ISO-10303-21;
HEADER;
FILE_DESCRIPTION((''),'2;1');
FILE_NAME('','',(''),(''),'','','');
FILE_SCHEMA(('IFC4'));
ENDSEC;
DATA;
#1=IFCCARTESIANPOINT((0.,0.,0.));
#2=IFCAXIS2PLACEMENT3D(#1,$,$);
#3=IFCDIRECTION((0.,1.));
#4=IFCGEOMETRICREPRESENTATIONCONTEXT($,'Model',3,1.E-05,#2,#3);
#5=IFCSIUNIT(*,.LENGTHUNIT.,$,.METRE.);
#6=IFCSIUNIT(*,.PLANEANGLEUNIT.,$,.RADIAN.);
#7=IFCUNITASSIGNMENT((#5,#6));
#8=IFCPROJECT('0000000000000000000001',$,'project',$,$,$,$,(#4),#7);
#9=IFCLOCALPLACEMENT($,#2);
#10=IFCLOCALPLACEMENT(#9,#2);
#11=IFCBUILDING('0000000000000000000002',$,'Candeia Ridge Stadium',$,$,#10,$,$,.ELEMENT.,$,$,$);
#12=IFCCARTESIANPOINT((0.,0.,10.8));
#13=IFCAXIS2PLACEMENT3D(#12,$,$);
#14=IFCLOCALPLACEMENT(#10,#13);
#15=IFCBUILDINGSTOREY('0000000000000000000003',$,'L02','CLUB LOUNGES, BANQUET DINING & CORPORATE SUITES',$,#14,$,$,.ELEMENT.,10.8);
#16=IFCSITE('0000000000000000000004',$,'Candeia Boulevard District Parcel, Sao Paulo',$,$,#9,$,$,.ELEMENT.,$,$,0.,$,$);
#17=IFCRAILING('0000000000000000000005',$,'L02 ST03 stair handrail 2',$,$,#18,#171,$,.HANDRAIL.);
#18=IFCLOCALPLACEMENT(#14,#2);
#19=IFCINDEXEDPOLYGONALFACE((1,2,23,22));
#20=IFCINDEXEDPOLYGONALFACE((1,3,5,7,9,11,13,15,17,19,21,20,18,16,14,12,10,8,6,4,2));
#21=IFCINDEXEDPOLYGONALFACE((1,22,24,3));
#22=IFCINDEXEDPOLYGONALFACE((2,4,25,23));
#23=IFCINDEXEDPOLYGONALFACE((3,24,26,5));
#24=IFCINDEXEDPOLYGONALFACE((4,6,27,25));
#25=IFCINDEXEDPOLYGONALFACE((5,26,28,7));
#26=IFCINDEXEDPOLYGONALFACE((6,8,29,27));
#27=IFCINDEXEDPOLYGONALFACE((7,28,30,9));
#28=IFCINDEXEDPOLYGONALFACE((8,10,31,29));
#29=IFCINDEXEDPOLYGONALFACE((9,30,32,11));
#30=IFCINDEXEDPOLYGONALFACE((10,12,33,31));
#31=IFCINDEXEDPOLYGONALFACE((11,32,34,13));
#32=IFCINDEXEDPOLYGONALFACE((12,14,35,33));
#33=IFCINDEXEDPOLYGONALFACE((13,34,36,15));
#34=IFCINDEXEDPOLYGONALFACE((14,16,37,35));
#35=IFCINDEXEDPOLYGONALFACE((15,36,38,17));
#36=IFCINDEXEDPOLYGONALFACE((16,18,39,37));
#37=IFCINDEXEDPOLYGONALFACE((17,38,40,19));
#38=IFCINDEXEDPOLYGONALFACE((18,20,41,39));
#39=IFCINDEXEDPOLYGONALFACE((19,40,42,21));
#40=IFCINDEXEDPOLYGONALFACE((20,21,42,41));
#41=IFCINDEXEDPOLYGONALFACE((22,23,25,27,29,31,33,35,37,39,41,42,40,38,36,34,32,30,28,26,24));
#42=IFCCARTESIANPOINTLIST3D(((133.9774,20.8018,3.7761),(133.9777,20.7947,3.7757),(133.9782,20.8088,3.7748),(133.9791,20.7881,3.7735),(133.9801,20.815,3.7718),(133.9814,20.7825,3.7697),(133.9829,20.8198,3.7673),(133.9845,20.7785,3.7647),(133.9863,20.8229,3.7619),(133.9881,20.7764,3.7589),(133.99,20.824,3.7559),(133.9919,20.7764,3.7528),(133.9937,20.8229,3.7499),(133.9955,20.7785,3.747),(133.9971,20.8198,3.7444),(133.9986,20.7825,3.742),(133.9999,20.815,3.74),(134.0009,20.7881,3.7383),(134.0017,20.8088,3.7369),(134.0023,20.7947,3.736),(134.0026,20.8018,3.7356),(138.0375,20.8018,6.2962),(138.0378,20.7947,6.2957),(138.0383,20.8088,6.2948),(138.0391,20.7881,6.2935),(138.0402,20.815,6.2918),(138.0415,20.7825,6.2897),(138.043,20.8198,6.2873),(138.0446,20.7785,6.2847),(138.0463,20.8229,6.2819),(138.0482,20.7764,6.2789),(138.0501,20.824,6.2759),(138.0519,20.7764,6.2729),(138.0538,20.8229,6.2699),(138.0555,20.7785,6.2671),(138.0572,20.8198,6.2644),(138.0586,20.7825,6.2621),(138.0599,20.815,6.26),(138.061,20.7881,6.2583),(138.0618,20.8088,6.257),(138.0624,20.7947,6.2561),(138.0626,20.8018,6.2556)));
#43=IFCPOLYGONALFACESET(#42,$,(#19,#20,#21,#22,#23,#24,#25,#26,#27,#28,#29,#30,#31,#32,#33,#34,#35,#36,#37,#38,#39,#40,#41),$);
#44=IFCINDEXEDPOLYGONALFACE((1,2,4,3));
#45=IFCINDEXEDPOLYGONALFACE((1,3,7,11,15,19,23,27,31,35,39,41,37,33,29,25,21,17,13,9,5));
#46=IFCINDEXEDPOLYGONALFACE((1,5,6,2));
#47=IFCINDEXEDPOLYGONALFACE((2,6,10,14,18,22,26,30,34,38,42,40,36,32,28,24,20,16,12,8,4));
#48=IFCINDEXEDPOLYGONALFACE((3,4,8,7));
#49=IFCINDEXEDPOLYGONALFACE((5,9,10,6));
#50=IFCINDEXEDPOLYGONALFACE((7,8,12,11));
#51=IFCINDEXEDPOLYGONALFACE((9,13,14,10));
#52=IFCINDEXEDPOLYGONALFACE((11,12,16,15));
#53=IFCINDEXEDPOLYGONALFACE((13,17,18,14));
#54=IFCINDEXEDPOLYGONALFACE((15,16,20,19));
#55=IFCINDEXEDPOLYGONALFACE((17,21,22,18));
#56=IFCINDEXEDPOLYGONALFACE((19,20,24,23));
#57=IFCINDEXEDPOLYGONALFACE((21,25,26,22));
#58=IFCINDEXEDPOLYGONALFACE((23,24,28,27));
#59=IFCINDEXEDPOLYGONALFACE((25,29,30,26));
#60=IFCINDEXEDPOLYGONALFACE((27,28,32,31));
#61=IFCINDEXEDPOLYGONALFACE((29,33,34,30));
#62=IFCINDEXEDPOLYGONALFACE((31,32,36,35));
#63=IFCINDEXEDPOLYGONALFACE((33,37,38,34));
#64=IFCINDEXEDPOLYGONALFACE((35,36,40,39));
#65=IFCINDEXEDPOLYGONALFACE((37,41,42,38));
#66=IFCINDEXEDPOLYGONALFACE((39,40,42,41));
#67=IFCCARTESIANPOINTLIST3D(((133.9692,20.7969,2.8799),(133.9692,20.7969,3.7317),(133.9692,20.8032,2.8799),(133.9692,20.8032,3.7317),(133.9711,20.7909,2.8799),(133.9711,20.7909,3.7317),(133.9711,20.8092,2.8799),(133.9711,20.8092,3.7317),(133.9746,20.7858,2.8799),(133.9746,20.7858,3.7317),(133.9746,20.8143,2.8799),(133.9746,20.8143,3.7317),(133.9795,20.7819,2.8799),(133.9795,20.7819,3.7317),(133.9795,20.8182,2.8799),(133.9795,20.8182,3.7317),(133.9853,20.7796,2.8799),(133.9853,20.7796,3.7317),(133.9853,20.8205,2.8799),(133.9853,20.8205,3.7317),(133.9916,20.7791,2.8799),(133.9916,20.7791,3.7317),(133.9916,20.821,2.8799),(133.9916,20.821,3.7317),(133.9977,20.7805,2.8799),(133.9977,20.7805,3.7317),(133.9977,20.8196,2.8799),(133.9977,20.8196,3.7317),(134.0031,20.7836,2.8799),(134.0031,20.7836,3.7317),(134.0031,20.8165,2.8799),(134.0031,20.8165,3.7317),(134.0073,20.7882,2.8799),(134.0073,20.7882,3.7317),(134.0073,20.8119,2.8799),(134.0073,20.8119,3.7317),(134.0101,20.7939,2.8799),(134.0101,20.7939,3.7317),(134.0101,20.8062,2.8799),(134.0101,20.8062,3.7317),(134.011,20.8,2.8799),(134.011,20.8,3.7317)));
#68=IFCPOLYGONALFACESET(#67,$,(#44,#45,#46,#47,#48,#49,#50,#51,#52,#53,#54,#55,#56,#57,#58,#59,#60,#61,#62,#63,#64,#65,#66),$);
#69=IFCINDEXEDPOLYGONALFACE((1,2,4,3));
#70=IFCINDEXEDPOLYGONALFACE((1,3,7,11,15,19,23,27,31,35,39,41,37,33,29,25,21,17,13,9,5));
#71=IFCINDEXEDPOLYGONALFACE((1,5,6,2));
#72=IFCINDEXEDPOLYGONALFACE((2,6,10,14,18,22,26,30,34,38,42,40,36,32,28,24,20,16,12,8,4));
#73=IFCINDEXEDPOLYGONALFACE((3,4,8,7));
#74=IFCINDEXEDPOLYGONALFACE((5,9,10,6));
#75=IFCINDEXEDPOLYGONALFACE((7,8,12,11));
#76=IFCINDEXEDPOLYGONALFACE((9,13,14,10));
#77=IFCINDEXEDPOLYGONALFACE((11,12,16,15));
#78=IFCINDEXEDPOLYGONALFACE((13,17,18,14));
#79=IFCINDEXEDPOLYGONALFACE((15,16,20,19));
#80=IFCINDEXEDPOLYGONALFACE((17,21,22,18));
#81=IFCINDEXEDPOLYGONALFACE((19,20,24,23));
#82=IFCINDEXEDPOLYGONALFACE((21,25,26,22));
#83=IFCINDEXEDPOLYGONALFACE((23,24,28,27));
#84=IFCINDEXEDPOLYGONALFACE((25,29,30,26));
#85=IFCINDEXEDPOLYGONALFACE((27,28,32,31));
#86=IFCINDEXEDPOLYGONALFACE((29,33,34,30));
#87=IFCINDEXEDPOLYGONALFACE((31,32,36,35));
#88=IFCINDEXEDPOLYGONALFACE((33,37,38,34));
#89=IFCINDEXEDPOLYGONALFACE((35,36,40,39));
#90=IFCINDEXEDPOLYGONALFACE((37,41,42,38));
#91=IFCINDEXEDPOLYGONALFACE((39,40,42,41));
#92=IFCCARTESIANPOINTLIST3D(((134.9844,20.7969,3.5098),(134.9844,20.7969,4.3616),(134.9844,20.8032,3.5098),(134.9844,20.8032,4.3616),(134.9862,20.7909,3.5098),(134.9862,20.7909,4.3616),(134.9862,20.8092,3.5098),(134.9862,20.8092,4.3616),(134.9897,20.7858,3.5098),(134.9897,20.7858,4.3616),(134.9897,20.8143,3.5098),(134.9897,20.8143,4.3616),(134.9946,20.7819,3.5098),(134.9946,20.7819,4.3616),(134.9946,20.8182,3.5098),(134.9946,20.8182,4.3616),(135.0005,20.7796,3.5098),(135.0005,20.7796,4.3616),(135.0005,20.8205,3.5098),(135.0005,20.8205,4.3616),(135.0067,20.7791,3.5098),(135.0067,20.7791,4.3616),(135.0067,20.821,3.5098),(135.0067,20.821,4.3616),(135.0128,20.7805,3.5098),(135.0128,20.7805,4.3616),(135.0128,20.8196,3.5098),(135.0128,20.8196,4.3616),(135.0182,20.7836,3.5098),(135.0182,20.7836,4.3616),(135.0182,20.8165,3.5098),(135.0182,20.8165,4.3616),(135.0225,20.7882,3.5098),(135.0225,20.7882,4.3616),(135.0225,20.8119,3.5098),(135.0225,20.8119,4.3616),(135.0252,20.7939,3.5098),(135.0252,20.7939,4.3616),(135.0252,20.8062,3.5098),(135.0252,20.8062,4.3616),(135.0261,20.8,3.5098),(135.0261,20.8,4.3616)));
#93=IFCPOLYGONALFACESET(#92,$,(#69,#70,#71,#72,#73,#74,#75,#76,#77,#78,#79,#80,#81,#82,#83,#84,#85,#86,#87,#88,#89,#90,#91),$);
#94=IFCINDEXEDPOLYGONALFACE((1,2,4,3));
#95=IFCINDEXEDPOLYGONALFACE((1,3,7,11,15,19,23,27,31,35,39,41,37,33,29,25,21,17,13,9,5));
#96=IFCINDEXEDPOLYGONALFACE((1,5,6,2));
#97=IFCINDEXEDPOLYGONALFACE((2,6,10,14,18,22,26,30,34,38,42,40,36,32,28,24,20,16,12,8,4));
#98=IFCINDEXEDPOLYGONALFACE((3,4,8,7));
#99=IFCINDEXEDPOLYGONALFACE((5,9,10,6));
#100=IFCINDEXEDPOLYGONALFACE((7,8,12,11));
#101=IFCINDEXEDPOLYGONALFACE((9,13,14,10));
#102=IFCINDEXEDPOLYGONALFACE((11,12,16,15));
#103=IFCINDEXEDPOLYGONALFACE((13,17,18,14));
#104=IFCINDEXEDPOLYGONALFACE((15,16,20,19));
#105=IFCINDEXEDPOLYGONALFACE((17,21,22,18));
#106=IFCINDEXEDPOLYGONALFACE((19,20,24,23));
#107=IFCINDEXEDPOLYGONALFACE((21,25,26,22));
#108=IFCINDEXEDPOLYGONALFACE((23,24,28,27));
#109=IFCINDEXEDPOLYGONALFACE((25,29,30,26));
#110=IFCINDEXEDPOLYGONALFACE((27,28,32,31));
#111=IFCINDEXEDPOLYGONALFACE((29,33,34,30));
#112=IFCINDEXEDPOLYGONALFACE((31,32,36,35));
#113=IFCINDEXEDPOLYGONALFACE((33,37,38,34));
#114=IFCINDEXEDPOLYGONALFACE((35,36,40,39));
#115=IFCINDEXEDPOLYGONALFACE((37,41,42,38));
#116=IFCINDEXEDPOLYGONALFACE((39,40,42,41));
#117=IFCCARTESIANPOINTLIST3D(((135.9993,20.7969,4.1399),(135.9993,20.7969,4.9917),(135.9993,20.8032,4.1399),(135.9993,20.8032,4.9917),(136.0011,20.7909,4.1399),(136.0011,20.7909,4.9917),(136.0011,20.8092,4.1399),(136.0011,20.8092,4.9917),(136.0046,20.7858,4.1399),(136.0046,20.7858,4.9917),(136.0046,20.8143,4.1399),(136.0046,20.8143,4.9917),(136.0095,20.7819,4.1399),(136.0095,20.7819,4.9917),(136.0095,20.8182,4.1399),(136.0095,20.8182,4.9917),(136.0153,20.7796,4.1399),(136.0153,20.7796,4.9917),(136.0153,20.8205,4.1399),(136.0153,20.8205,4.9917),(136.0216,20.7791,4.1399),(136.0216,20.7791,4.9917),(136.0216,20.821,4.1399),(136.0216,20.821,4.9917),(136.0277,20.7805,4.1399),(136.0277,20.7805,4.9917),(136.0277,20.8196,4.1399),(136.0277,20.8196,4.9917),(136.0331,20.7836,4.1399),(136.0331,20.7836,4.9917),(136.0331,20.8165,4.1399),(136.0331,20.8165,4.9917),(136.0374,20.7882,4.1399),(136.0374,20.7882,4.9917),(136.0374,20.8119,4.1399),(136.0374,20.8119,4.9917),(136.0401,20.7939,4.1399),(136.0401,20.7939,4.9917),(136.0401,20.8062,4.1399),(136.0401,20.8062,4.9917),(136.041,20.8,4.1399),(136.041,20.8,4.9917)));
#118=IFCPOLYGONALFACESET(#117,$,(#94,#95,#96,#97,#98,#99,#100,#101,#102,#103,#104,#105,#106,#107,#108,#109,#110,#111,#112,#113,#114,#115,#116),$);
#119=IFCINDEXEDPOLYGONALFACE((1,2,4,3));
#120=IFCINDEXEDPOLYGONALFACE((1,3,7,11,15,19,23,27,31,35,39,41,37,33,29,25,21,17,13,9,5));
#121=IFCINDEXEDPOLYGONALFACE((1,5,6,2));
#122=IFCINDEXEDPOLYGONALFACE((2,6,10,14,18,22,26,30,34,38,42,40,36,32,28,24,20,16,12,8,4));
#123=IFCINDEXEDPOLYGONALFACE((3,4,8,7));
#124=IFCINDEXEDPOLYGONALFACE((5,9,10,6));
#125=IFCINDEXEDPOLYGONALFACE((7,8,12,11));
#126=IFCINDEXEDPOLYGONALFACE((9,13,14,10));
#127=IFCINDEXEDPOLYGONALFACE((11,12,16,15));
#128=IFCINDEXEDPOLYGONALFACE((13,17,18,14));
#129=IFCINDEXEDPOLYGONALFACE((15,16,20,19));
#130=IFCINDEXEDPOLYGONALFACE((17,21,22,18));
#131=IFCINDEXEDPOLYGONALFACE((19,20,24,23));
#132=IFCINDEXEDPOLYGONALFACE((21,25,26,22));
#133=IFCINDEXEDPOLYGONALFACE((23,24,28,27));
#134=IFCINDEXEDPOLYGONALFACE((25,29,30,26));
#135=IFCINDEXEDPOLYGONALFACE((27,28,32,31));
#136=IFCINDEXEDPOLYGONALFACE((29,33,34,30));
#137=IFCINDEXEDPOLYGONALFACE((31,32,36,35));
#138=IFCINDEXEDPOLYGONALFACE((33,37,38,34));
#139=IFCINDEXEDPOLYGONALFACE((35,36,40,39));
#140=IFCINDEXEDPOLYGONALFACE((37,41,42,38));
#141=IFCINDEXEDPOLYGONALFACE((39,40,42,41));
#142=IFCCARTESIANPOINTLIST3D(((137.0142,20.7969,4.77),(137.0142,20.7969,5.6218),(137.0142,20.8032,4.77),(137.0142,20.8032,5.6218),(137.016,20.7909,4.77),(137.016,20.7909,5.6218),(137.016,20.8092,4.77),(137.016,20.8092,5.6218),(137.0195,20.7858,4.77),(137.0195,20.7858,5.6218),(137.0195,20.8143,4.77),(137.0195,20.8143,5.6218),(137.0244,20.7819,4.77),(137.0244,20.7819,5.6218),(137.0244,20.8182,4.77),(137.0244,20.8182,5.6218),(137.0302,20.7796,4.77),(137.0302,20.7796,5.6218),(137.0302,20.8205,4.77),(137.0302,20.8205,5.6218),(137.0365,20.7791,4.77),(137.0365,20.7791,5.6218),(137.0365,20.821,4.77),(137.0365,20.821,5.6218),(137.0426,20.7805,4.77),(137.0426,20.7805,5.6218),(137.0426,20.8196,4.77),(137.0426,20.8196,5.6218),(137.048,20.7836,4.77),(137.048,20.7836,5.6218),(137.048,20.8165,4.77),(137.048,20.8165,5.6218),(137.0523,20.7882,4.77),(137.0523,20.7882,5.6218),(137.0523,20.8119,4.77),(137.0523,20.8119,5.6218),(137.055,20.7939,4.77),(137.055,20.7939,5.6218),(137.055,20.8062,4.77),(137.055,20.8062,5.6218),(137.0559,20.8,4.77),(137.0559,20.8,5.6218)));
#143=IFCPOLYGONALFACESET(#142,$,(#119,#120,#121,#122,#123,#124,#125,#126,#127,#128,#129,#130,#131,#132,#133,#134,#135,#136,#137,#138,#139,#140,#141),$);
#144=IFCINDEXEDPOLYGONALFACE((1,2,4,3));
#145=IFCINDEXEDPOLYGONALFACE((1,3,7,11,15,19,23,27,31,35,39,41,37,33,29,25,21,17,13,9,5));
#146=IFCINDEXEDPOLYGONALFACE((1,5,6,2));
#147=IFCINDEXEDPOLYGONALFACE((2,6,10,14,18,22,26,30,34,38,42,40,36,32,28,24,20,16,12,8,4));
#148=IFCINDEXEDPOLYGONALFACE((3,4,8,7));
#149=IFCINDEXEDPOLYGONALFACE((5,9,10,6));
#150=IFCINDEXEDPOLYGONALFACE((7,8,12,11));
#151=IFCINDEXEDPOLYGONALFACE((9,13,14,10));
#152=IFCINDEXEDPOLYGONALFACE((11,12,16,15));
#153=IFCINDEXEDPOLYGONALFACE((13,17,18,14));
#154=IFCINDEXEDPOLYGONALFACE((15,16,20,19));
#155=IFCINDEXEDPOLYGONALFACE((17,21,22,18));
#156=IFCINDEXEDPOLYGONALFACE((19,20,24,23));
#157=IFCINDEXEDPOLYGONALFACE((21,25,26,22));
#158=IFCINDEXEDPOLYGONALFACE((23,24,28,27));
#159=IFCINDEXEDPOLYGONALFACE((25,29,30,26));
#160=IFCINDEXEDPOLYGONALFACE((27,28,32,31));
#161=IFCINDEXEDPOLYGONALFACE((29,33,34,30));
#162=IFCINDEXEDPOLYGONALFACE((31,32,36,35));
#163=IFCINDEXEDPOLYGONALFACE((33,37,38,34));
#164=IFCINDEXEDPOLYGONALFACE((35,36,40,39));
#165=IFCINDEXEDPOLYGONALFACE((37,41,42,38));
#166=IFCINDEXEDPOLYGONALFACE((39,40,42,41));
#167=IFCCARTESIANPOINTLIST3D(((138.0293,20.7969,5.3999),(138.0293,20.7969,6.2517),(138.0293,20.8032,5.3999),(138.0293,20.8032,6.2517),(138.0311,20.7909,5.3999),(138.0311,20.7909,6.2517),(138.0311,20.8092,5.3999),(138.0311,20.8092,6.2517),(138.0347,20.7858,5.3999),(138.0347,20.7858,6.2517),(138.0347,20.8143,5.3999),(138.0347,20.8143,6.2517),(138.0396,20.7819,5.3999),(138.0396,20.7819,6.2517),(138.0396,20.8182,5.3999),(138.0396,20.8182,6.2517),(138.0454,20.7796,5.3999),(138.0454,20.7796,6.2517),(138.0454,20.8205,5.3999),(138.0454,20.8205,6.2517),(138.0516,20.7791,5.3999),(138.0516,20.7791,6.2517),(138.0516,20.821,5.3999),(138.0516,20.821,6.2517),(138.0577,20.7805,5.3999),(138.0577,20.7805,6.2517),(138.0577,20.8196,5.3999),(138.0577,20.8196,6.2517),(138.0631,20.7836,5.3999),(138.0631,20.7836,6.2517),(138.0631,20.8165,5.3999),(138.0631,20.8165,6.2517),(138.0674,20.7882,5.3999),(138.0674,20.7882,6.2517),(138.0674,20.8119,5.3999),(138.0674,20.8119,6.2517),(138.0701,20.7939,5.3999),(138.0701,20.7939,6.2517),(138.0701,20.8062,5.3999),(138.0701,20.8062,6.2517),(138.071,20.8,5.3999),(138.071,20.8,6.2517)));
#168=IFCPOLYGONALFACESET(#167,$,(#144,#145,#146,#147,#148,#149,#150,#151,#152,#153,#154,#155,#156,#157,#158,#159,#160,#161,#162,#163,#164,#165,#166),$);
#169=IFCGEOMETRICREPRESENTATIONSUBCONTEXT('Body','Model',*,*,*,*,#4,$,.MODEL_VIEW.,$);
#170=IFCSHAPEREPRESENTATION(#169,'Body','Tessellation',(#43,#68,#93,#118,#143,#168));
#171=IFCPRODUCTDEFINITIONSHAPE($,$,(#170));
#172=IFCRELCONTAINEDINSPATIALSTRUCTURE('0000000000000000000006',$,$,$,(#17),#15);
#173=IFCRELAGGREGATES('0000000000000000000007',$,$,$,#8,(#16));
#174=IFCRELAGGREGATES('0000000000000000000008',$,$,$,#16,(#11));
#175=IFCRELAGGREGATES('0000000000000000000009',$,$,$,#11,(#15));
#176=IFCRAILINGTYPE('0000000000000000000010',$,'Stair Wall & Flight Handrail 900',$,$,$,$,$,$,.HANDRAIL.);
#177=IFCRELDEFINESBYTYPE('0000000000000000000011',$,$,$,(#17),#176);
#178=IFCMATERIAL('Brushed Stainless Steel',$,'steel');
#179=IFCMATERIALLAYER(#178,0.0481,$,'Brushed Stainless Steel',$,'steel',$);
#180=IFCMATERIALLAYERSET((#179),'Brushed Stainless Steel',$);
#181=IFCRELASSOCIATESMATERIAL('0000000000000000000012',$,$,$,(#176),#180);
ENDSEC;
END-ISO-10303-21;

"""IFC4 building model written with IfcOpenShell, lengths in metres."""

from ifc_helpers import new_model, si_unit, direction, frame, origin, origin_2d, place, context, subcontext, project, spatial, circle, extrude, material, layer, layer_set, type_object, element, save


model = new_model("IFC4")

# Units and contexts
model_context = context("Model", 3, precision=1e-05, world=origin(), true_north=direction((0.0, 1.0)))
body_context = subcontext(model_context, "Body", "Model", "MODEL_VIEW")
ifc_project = project(units=[si_unit("LENGTHUNIT", "METRE"), si_unit("PLANEANGLEUNIT", "RADIAN")], contexts=[model_context])

# Site, building, storey
site_placement = place(None, origin())
site = spatial("IfcSite", under=ifc_project, at=site_placement, Name="Candeia Boulevard District Parcel, Sao Paulo", CompositionType="ELEMENT", RefElevation=0.0)
building_placement = place(site_placement, origin())
building = spatial("IfcBuilding", under=site, at=building_placement, Name="Candeia Ridge Stadium", CompositionType="ELEMENT")
storey_placement = place(building_placement, frame((0.0, 0.0, 10.8)))
storey = spatial("IfcBuildingStorey", under=building, at=storey_placement, Name="L02", Description="CLUB LOUNGES, BANQUET DINING & CORPORATE SUITES", CompositionType="ELEMENT", Elevation=10.8)

# Railing
ifc_material_1 = material(Name="Brushed Stainless Steel", Category="steel")
ifc_layer_1 = layer(ifc_material_1, 0.0481, Name="Brushed Stainless Steel", Category="steel")
ifc_layer_set_1 = layer_set([ifc_layer_1], Name="Brushed Stainless Steel")
railing_type_1 = type_object("IfcRailingType", Name="Stair Wall & Flight Handrail 900", PredefinedType="HANDRAIL", material=ifc_layer_set_1)
railing_1_placement = place(storey_placement, frame((133.99, 20.8, 2.8799)))
element("IfcRailing", 1, at=railing_1_placement, inside=storey, type_object=railing_type_1, Name="L02 ST03 stair handrail 2", PredefinedType="HANDRAIL", context=body_context, shape_type="SweptSolid", body=[
    extrude(circle(Radius=0.0239, at=origin_2d()), frame((0.0, 0.0, 0.876), z_axis=(0.849642, 0.0, 0.52736), x_axis=(0.0, 1.0, 0.0)), (0.0, 0.0, 1.0), 4.7786),
    extrude(circle(Radius=0.021, at=origin_2d()), origin(), (0.0, 0.0, 1.0), 0.8518),
    extrude(circle(Radius=0.021, at=origin_2d()), frame((1.0151, 0.0, 0.6299)), (0.0, 0.0, 1.0), 0.8518),
    extrude(circle(Radius=0.021, at=origin_2d()), frame((2.03, 0.0, 1.26)), (0.0, 0.0, 1.0), 0.8518),
    extrude(circle(Radius=0.021, at=origin_2d()), frame((3.0449, 0.0, 1.8901)), (0.0, 0.0, 1.0), 0.8518),
    extrude(circle(Radius=0.021, at=origin_2d()), frame((4.0601, 0.0, 2.52)), (0.0, 0.0, 1.0), 0.8518),
])

save(model, "model.ifc")
